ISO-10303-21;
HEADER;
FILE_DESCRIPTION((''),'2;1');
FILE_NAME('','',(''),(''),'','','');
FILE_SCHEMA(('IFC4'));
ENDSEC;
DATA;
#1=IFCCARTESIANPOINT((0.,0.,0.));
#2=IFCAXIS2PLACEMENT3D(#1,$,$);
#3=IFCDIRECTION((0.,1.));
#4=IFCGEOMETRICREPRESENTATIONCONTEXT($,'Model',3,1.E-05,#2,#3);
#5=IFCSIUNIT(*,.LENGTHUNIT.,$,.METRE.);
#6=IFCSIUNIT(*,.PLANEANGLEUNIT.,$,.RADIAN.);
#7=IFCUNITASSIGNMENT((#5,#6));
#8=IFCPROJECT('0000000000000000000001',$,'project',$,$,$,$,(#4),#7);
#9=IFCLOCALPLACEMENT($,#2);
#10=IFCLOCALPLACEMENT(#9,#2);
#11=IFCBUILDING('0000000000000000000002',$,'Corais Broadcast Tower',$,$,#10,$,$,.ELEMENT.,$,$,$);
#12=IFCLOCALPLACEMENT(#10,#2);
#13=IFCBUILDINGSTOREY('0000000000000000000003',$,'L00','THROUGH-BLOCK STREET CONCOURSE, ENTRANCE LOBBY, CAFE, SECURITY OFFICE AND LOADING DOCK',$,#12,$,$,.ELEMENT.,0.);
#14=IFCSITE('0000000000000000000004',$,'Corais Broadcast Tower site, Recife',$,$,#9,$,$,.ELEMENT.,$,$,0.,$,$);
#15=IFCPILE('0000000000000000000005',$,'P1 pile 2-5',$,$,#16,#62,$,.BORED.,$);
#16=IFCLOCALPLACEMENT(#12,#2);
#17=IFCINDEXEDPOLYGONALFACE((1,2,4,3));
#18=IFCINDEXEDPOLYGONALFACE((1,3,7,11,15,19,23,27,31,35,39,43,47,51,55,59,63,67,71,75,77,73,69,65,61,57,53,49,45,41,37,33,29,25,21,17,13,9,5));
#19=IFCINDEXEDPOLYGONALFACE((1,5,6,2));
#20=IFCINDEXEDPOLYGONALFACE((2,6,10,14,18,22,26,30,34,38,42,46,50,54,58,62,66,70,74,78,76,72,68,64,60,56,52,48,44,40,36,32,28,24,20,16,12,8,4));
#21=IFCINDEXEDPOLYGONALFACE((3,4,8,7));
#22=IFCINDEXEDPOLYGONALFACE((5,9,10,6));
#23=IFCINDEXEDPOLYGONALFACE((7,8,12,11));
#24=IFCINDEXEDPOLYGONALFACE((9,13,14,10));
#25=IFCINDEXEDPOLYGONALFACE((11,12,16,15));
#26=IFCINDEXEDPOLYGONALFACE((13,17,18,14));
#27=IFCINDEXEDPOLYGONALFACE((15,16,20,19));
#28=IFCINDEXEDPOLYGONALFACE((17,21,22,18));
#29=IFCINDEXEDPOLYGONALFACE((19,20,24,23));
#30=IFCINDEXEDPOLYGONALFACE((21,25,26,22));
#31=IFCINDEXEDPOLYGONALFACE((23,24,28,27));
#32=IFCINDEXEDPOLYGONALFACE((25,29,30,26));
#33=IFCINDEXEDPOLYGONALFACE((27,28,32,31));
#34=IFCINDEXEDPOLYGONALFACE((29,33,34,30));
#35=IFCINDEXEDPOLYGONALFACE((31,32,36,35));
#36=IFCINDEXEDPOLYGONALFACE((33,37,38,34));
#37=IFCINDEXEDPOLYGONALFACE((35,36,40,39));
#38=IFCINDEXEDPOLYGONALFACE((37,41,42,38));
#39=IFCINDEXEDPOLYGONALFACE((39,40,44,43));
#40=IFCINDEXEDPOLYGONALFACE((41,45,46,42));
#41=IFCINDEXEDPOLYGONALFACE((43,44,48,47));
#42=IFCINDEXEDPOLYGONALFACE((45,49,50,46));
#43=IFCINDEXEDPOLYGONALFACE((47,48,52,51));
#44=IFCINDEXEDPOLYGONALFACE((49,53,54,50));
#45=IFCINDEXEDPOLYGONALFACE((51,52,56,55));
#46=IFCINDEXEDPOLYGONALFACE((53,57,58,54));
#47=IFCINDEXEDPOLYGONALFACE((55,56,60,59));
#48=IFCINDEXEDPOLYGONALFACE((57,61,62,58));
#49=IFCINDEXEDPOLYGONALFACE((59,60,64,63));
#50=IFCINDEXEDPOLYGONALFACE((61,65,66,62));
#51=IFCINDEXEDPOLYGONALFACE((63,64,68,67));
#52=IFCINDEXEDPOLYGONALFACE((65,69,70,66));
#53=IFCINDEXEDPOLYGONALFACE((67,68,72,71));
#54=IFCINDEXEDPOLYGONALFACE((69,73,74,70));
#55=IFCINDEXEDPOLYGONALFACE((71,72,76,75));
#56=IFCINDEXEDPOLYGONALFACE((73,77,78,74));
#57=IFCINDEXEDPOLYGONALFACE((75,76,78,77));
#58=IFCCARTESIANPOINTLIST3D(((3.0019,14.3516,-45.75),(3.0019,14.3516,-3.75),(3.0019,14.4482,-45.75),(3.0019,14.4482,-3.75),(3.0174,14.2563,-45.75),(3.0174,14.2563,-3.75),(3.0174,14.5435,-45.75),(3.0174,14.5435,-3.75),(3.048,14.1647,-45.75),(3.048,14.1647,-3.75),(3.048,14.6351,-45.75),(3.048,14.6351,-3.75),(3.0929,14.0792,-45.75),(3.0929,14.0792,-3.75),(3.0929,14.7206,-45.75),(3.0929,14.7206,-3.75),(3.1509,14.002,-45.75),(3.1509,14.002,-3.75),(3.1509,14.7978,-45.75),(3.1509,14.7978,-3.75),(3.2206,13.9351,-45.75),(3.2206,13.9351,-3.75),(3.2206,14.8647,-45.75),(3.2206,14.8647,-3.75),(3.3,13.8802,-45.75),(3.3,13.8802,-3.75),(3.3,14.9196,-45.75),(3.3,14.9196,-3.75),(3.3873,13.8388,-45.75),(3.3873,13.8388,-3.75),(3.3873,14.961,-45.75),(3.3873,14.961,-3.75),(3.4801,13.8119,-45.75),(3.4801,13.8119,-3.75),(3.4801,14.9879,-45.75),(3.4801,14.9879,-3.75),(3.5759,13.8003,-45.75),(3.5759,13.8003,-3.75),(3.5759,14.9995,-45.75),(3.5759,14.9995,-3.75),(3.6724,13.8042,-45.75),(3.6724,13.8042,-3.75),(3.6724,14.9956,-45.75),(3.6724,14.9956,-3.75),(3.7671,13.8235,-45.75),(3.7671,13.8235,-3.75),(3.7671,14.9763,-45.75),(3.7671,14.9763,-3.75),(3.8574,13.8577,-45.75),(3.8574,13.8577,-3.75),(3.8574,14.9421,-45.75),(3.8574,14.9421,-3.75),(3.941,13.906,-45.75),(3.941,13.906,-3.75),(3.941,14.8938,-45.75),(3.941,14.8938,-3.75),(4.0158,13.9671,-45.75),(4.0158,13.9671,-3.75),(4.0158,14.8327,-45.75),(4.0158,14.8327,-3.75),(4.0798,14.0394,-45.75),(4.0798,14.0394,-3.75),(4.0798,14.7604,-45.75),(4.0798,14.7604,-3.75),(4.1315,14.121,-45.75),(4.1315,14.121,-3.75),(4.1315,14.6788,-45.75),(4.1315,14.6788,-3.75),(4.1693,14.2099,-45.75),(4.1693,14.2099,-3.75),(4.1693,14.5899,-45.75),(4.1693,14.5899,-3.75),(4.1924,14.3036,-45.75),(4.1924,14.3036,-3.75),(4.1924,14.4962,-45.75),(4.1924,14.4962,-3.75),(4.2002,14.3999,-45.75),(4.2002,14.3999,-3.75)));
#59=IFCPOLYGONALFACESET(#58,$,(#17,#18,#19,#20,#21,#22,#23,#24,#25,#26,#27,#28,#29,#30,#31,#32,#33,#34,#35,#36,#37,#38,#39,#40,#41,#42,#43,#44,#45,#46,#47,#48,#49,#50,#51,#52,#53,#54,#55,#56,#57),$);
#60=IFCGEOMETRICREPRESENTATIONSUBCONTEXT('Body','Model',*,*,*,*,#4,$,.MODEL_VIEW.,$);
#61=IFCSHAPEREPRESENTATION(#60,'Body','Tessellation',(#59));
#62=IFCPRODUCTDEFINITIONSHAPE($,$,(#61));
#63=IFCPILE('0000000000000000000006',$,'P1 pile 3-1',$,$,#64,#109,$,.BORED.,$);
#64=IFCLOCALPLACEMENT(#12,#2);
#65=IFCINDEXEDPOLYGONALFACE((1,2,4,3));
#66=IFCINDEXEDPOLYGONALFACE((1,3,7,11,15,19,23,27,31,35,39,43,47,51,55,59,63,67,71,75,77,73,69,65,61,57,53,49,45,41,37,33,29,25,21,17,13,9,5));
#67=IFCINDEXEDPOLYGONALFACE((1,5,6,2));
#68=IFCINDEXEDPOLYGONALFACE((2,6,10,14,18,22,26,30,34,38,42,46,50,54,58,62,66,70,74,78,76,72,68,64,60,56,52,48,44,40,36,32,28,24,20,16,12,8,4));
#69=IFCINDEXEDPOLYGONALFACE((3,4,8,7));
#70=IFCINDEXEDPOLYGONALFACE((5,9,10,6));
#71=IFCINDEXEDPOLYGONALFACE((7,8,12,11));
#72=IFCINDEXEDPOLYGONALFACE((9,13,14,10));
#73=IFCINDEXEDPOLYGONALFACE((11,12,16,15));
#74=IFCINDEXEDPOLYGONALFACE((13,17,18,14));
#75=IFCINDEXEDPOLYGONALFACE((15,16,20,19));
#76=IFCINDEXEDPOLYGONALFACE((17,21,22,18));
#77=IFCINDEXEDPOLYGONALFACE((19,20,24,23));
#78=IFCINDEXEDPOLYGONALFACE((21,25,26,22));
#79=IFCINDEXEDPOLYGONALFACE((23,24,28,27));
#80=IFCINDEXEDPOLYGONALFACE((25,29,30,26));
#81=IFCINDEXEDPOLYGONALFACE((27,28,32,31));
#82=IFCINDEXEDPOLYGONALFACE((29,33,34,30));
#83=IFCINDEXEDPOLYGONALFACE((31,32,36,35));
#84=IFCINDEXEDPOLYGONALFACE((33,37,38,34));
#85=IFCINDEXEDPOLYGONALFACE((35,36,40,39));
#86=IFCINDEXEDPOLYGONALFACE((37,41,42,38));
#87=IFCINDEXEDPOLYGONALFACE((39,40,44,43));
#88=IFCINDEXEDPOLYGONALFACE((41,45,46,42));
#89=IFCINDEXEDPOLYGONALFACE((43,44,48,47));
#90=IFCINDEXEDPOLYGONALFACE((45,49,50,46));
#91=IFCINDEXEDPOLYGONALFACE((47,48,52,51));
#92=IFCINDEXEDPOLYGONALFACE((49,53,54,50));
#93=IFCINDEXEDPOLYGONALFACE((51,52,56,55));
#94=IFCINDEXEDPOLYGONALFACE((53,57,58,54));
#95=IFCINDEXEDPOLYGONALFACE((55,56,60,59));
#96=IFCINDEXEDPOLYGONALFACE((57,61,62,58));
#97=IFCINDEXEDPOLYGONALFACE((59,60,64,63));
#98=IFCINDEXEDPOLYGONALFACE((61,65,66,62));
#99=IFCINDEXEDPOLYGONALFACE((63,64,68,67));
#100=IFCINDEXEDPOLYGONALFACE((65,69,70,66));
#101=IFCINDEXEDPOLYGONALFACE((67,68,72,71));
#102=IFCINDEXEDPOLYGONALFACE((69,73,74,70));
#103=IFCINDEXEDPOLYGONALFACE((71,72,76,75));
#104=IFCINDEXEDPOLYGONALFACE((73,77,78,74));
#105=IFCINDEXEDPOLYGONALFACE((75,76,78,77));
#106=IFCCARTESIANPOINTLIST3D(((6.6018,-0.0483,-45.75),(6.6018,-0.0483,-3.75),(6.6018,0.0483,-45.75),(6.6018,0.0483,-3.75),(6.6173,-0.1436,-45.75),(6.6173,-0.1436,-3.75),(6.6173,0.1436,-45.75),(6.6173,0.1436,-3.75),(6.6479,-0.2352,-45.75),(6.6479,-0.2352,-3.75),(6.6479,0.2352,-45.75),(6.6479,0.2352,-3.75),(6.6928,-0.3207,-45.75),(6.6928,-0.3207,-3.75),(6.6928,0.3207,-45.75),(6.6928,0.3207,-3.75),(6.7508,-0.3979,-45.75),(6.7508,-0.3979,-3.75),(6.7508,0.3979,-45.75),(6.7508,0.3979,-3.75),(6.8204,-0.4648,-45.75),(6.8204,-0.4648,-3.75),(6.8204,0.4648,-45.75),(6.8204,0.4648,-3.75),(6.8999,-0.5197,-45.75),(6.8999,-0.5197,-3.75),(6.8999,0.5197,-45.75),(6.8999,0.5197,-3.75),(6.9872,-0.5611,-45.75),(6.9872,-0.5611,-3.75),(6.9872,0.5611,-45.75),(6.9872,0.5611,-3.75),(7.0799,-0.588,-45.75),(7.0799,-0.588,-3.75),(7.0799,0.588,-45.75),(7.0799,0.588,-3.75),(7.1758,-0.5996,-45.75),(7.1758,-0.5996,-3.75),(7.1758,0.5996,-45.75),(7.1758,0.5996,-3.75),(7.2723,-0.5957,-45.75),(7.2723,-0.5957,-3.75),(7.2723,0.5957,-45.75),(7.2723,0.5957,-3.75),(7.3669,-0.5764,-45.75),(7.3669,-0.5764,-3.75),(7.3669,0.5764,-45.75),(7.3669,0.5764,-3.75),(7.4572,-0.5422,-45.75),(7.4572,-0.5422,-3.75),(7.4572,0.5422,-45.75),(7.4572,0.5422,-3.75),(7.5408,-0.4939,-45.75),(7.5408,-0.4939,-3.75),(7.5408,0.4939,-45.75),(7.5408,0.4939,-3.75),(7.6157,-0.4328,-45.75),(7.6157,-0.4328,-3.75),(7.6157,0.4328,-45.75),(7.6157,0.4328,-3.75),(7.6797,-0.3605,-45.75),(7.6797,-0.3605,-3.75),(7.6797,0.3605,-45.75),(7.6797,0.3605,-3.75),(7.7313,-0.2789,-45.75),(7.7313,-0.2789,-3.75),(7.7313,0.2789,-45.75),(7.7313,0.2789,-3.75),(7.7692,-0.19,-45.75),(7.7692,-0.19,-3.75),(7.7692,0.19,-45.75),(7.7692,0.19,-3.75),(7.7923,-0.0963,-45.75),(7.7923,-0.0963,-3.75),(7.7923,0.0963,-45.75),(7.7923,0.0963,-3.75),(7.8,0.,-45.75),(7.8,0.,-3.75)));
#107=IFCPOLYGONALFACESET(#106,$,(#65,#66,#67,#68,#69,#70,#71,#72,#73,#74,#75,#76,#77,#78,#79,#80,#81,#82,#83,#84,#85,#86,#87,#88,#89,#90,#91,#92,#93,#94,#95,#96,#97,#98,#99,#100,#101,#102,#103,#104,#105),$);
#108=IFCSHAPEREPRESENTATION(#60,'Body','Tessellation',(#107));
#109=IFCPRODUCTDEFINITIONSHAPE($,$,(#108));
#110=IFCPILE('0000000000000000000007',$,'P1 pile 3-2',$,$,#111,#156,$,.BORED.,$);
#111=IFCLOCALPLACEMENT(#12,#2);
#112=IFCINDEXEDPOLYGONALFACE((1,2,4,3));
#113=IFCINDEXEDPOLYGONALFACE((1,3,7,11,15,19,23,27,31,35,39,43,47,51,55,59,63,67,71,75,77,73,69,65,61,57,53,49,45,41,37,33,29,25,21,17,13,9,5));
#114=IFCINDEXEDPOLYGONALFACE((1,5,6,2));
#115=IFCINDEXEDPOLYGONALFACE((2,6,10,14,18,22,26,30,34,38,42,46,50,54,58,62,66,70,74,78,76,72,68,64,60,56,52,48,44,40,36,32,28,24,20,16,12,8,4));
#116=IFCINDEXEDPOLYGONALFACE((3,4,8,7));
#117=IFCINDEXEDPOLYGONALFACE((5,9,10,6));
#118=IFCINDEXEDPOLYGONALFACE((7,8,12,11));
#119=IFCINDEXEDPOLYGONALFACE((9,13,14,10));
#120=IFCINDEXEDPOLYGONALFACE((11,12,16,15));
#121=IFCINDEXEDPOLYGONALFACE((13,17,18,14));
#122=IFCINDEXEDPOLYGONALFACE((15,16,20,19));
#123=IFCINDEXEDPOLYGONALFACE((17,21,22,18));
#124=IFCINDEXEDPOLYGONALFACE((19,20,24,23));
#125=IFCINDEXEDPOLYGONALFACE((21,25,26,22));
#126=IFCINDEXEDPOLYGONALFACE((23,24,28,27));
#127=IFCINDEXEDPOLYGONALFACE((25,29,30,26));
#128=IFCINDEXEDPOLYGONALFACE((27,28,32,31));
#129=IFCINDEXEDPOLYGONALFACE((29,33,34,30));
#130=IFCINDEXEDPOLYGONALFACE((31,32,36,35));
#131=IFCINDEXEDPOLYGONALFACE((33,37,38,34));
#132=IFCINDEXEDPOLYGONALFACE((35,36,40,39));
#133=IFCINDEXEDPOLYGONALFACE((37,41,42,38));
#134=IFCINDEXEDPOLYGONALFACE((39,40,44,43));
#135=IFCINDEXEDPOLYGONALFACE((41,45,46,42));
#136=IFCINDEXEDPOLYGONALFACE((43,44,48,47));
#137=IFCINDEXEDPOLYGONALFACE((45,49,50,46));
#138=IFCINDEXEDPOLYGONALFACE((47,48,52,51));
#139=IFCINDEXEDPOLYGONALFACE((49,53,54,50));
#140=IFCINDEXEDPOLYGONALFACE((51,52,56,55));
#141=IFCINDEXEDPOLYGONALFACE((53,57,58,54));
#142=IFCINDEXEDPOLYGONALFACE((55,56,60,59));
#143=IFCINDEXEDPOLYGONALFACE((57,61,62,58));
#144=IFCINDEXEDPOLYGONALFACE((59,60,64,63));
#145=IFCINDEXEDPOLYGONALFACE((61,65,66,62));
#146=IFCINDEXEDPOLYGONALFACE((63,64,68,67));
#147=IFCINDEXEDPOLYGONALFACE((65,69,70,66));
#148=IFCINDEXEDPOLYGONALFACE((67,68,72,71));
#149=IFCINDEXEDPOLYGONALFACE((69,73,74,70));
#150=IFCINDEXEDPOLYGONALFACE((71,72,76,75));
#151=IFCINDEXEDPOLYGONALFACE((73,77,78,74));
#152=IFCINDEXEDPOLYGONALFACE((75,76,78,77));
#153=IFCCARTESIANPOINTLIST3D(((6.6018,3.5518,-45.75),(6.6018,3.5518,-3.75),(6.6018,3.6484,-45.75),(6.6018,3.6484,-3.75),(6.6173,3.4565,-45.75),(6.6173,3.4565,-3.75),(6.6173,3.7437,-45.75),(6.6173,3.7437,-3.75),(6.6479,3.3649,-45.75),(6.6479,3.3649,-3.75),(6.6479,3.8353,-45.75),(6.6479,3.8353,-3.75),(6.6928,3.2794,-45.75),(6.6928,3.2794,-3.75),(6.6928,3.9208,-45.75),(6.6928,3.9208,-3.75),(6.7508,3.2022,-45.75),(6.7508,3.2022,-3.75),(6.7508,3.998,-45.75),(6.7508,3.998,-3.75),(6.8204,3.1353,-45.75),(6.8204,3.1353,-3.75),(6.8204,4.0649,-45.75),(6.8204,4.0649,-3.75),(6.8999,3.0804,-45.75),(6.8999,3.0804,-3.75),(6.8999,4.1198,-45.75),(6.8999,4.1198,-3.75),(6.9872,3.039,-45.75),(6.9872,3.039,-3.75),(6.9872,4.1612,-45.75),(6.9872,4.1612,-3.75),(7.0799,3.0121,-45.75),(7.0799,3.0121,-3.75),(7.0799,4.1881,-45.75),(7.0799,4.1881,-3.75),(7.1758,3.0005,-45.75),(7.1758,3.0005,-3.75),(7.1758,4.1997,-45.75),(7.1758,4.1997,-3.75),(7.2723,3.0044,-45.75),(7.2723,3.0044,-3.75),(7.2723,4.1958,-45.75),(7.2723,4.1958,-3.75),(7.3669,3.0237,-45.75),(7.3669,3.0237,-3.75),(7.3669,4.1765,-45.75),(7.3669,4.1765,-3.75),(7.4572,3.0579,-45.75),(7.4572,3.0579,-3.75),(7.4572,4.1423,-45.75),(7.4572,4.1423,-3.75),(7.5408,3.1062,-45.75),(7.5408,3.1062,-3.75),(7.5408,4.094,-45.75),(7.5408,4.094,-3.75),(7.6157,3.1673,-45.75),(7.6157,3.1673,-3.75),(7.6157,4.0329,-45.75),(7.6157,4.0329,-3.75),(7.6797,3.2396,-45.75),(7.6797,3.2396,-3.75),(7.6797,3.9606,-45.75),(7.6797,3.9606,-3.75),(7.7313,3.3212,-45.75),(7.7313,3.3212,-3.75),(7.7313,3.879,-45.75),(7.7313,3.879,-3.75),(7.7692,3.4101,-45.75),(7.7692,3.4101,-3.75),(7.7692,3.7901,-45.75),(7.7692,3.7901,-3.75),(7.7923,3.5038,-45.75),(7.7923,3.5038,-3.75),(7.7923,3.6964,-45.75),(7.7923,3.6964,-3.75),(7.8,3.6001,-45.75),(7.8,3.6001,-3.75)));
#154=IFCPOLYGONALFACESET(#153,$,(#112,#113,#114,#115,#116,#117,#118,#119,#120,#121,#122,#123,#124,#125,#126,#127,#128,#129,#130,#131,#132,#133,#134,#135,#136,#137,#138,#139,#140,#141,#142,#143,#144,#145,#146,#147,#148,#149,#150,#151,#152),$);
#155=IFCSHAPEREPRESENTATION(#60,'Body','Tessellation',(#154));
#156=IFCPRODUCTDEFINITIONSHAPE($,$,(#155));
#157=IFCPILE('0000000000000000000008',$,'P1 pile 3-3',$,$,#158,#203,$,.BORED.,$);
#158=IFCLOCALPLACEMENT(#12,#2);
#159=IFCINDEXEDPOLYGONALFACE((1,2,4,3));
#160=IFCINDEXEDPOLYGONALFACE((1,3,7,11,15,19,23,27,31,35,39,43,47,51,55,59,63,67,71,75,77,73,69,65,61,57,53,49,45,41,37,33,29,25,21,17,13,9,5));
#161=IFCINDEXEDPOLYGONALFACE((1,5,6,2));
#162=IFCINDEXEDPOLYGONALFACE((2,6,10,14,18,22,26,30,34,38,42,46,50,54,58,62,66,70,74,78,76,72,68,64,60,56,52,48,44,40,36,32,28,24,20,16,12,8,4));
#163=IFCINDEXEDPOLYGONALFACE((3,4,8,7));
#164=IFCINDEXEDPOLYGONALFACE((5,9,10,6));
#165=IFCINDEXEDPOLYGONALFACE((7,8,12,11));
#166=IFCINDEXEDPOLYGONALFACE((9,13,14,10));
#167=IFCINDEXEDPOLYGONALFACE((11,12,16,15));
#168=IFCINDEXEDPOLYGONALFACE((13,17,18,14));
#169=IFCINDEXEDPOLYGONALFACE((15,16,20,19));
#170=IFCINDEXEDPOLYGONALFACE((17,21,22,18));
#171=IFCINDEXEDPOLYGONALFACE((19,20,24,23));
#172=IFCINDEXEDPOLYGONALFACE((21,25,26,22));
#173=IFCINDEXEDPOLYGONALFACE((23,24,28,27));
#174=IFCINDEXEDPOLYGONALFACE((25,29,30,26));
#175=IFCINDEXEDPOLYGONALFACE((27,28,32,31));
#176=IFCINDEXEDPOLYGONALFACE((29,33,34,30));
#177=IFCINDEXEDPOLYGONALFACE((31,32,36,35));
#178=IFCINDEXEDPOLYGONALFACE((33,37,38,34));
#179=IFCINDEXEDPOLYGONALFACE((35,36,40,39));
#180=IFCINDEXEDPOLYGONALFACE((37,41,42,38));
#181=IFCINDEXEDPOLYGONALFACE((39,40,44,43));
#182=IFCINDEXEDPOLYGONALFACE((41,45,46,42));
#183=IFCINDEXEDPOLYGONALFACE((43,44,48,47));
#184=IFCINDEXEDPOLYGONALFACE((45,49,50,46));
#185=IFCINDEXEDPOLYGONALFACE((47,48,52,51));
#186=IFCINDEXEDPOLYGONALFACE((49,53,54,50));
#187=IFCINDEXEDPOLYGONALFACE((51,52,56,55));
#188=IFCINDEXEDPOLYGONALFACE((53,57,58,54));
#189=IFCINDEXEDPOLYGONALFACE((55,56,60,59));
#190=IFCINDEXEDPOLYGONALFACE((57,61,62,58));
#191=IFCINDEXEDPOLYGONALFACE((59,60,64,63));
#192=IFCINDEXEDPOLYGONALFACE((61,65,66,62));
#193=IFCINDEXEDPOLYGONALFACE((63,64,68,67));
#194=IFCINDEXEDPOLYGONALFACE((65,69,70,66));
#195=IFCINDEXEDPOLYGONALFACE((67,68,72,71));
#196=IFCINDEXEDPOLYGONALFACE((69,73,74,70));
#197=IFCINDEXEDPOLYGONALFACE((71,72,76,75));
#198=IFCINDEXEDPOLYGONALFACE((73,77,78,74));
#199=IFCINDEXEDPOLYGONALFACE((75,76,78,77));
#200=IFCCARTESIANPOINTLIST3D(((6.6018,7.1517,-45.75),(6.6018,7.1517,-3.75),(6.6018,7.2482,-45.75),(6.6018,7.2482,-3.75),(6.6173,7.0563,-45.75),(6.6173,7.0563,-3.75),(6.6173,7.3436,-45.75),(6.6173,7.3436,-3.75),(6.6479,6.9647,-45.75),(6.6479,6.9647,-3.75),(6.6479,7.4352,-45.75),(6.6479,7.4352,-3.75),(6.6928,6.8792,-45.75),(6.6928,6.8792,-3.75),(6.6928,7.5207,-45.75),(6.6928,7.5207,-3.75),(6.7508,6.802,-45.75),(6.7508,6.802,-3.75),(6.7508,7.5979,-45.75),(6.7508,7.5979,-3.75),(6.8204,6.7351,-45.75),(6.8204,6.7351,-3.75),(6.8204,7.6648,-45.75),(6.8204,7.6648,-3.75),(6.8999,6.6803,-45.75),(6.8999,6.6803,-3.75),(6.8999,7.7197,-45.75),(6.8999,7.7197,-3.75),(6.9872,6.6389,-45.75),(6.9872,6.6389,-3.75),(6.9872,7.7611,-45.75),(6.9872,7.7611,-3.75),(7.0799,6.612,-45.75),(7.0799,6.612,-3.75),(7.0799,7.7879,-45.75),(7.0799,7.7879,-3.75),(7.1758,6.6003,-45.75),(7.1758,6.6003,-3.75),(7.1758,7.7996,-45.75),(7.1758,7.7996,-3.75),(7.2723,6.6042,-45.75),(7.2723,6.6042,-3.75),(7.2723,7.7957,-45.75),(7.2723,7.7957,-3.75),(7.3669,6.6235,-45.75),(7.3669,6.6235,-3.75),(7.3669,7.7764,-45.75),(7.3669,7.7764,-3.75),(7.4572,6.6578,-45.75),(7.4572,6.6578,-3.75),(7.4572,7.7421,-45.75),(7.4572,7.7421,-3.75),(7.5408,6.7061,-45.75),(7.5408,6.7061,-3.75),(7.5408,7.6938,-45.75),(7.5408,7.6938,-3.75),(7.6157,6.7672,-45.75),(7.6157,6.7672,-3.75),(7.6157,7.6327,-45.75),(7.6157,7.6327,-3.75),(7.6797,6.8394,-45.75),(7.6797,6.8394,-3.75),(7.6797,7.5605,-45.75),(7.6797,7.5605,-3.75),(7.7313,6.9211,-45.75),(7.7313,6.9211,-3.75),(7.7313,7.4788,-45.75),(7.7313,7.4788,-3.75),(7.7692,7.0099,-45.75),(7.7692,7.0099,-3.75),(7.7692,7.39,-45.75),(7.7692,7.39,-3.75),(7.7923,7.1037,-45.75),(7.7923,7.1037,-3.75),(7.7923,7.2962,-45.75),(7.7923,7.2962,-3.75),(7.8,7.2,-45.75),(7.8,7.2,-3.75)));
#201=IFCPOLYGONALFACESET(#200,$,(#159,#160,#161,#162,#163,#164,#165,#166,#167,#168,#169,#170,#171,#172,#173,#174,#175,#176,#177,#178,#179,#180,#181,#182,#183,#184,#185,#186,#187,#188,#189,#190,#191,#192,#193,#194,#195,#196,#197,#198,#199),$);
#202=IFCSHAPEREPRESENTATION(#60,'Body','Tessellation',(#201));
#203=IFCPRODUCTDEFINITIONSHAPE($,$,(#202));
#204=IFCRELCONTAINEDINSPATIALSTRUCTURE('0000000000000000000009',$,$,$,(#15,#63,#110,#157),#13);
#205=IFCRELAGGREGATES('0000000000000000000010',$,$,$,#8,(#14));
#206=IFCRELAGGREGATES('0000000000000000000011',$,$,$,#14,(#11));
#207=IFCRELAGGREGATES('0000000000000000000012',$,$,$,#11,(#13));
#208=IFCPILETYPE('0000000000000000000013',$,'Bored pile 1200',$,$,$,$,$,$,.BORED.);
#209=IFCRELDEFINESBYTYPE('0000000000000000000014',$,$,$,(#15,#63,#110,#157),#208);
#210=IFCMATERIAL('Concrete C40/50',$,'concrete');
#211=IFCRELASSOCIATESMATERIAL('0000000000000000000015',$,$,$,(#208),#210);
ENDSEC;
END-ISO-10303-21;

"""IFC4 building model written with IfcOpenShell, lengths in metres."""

from ifc_helpers import new_model, si_unit, direction, frame, origin, origin_2d, place, context, subcontext, project, spatial, circle, extrude, material, type_object, element, save


model = new_model("IFC4")

# Units and contexts
model_context = context("Model", 3, precision=1e-05, world=origin(), true_north=direction((0.0, 1.0)))
body_context = subcontext(model_context, "Body", "Model", "MODEL_VIEW")
ifc_project = project(units=[si_unit("LENGTHUNIT", "METRE"), si_unit("PLANEANGLEUNIT", "RADIAN")], contexts=[model_context])

# Site, building, storey
site_placement = place(None, origin())
site = spatial("IfcSite", under=ifc_project, at=site_placement, Name="Corais Broadcast Tower site, Recife", CompositionType="ELEMENT", RefElevation=0.0)
building_placement = place(site_placement, origin())
building = spatial("IfcBuilding", under=site, at=building_placement, Name="Corais Broadcast Tower", CompositionType="ELEMENT")
storey_placement = place(building_placement, origin())
storey = spatial("IfcBuildingStorey", under=building, at=storey_placement, Name="L00", Description="THROUGH-BLOCK STREET CONCOURSE, ENTRANCE LOBBY, CAFE, SECURITY OFFICE AND LOADING DOCK", CompositionType="ELEMENT", Elevation=0.0)

# Piles
ifc_material_1 = material(Name="Concrete C40/50", Category="concrete")
pile_type = type_object("IfcPileType", Name="Bored pile 1200", PredefinedType="BORED", material=ifc_material_1)
for number, where, z_axis, x_axis, name in (
    (1, (3.6001, 14.3999, -3.75), (0.0, 0.0, -1.0), (1.0, 0.0, 0.0), "P1 pile 2-5"),
    (2, (7.2, 0.0, -3.75), (0.0, 0.0, -1.0), (1.0, 0.0, 0.0), "P1 pile 3-1"),
    (3, (7.2, 3.6001, -3.75), (0.0, 0.0, -1.0), (1.0, 0.0, 0.0), "P1 pile 3-2"),
    (4, (7.2, 7.2, -3.75), (0.0, 0.0, -1.0), (1.0, 0.0, 0.0), "P1 pile 3-3"),
):
    element("IfcPile", number, at=place(storey_placement, frame(where, z_axis=z_axis, x_axis=x_axis)), inside=storey, type_object=pile_type, Name=name, PredefinedType="BORED", context=body_context, shape_type="SweptSolid", body=[
        extrude(circle(Radius=0.6001, at=origin_2d()), origin(), (0.0, 0.0, 1.0), 42.0),
    ])

save(model, "model.ifc")
